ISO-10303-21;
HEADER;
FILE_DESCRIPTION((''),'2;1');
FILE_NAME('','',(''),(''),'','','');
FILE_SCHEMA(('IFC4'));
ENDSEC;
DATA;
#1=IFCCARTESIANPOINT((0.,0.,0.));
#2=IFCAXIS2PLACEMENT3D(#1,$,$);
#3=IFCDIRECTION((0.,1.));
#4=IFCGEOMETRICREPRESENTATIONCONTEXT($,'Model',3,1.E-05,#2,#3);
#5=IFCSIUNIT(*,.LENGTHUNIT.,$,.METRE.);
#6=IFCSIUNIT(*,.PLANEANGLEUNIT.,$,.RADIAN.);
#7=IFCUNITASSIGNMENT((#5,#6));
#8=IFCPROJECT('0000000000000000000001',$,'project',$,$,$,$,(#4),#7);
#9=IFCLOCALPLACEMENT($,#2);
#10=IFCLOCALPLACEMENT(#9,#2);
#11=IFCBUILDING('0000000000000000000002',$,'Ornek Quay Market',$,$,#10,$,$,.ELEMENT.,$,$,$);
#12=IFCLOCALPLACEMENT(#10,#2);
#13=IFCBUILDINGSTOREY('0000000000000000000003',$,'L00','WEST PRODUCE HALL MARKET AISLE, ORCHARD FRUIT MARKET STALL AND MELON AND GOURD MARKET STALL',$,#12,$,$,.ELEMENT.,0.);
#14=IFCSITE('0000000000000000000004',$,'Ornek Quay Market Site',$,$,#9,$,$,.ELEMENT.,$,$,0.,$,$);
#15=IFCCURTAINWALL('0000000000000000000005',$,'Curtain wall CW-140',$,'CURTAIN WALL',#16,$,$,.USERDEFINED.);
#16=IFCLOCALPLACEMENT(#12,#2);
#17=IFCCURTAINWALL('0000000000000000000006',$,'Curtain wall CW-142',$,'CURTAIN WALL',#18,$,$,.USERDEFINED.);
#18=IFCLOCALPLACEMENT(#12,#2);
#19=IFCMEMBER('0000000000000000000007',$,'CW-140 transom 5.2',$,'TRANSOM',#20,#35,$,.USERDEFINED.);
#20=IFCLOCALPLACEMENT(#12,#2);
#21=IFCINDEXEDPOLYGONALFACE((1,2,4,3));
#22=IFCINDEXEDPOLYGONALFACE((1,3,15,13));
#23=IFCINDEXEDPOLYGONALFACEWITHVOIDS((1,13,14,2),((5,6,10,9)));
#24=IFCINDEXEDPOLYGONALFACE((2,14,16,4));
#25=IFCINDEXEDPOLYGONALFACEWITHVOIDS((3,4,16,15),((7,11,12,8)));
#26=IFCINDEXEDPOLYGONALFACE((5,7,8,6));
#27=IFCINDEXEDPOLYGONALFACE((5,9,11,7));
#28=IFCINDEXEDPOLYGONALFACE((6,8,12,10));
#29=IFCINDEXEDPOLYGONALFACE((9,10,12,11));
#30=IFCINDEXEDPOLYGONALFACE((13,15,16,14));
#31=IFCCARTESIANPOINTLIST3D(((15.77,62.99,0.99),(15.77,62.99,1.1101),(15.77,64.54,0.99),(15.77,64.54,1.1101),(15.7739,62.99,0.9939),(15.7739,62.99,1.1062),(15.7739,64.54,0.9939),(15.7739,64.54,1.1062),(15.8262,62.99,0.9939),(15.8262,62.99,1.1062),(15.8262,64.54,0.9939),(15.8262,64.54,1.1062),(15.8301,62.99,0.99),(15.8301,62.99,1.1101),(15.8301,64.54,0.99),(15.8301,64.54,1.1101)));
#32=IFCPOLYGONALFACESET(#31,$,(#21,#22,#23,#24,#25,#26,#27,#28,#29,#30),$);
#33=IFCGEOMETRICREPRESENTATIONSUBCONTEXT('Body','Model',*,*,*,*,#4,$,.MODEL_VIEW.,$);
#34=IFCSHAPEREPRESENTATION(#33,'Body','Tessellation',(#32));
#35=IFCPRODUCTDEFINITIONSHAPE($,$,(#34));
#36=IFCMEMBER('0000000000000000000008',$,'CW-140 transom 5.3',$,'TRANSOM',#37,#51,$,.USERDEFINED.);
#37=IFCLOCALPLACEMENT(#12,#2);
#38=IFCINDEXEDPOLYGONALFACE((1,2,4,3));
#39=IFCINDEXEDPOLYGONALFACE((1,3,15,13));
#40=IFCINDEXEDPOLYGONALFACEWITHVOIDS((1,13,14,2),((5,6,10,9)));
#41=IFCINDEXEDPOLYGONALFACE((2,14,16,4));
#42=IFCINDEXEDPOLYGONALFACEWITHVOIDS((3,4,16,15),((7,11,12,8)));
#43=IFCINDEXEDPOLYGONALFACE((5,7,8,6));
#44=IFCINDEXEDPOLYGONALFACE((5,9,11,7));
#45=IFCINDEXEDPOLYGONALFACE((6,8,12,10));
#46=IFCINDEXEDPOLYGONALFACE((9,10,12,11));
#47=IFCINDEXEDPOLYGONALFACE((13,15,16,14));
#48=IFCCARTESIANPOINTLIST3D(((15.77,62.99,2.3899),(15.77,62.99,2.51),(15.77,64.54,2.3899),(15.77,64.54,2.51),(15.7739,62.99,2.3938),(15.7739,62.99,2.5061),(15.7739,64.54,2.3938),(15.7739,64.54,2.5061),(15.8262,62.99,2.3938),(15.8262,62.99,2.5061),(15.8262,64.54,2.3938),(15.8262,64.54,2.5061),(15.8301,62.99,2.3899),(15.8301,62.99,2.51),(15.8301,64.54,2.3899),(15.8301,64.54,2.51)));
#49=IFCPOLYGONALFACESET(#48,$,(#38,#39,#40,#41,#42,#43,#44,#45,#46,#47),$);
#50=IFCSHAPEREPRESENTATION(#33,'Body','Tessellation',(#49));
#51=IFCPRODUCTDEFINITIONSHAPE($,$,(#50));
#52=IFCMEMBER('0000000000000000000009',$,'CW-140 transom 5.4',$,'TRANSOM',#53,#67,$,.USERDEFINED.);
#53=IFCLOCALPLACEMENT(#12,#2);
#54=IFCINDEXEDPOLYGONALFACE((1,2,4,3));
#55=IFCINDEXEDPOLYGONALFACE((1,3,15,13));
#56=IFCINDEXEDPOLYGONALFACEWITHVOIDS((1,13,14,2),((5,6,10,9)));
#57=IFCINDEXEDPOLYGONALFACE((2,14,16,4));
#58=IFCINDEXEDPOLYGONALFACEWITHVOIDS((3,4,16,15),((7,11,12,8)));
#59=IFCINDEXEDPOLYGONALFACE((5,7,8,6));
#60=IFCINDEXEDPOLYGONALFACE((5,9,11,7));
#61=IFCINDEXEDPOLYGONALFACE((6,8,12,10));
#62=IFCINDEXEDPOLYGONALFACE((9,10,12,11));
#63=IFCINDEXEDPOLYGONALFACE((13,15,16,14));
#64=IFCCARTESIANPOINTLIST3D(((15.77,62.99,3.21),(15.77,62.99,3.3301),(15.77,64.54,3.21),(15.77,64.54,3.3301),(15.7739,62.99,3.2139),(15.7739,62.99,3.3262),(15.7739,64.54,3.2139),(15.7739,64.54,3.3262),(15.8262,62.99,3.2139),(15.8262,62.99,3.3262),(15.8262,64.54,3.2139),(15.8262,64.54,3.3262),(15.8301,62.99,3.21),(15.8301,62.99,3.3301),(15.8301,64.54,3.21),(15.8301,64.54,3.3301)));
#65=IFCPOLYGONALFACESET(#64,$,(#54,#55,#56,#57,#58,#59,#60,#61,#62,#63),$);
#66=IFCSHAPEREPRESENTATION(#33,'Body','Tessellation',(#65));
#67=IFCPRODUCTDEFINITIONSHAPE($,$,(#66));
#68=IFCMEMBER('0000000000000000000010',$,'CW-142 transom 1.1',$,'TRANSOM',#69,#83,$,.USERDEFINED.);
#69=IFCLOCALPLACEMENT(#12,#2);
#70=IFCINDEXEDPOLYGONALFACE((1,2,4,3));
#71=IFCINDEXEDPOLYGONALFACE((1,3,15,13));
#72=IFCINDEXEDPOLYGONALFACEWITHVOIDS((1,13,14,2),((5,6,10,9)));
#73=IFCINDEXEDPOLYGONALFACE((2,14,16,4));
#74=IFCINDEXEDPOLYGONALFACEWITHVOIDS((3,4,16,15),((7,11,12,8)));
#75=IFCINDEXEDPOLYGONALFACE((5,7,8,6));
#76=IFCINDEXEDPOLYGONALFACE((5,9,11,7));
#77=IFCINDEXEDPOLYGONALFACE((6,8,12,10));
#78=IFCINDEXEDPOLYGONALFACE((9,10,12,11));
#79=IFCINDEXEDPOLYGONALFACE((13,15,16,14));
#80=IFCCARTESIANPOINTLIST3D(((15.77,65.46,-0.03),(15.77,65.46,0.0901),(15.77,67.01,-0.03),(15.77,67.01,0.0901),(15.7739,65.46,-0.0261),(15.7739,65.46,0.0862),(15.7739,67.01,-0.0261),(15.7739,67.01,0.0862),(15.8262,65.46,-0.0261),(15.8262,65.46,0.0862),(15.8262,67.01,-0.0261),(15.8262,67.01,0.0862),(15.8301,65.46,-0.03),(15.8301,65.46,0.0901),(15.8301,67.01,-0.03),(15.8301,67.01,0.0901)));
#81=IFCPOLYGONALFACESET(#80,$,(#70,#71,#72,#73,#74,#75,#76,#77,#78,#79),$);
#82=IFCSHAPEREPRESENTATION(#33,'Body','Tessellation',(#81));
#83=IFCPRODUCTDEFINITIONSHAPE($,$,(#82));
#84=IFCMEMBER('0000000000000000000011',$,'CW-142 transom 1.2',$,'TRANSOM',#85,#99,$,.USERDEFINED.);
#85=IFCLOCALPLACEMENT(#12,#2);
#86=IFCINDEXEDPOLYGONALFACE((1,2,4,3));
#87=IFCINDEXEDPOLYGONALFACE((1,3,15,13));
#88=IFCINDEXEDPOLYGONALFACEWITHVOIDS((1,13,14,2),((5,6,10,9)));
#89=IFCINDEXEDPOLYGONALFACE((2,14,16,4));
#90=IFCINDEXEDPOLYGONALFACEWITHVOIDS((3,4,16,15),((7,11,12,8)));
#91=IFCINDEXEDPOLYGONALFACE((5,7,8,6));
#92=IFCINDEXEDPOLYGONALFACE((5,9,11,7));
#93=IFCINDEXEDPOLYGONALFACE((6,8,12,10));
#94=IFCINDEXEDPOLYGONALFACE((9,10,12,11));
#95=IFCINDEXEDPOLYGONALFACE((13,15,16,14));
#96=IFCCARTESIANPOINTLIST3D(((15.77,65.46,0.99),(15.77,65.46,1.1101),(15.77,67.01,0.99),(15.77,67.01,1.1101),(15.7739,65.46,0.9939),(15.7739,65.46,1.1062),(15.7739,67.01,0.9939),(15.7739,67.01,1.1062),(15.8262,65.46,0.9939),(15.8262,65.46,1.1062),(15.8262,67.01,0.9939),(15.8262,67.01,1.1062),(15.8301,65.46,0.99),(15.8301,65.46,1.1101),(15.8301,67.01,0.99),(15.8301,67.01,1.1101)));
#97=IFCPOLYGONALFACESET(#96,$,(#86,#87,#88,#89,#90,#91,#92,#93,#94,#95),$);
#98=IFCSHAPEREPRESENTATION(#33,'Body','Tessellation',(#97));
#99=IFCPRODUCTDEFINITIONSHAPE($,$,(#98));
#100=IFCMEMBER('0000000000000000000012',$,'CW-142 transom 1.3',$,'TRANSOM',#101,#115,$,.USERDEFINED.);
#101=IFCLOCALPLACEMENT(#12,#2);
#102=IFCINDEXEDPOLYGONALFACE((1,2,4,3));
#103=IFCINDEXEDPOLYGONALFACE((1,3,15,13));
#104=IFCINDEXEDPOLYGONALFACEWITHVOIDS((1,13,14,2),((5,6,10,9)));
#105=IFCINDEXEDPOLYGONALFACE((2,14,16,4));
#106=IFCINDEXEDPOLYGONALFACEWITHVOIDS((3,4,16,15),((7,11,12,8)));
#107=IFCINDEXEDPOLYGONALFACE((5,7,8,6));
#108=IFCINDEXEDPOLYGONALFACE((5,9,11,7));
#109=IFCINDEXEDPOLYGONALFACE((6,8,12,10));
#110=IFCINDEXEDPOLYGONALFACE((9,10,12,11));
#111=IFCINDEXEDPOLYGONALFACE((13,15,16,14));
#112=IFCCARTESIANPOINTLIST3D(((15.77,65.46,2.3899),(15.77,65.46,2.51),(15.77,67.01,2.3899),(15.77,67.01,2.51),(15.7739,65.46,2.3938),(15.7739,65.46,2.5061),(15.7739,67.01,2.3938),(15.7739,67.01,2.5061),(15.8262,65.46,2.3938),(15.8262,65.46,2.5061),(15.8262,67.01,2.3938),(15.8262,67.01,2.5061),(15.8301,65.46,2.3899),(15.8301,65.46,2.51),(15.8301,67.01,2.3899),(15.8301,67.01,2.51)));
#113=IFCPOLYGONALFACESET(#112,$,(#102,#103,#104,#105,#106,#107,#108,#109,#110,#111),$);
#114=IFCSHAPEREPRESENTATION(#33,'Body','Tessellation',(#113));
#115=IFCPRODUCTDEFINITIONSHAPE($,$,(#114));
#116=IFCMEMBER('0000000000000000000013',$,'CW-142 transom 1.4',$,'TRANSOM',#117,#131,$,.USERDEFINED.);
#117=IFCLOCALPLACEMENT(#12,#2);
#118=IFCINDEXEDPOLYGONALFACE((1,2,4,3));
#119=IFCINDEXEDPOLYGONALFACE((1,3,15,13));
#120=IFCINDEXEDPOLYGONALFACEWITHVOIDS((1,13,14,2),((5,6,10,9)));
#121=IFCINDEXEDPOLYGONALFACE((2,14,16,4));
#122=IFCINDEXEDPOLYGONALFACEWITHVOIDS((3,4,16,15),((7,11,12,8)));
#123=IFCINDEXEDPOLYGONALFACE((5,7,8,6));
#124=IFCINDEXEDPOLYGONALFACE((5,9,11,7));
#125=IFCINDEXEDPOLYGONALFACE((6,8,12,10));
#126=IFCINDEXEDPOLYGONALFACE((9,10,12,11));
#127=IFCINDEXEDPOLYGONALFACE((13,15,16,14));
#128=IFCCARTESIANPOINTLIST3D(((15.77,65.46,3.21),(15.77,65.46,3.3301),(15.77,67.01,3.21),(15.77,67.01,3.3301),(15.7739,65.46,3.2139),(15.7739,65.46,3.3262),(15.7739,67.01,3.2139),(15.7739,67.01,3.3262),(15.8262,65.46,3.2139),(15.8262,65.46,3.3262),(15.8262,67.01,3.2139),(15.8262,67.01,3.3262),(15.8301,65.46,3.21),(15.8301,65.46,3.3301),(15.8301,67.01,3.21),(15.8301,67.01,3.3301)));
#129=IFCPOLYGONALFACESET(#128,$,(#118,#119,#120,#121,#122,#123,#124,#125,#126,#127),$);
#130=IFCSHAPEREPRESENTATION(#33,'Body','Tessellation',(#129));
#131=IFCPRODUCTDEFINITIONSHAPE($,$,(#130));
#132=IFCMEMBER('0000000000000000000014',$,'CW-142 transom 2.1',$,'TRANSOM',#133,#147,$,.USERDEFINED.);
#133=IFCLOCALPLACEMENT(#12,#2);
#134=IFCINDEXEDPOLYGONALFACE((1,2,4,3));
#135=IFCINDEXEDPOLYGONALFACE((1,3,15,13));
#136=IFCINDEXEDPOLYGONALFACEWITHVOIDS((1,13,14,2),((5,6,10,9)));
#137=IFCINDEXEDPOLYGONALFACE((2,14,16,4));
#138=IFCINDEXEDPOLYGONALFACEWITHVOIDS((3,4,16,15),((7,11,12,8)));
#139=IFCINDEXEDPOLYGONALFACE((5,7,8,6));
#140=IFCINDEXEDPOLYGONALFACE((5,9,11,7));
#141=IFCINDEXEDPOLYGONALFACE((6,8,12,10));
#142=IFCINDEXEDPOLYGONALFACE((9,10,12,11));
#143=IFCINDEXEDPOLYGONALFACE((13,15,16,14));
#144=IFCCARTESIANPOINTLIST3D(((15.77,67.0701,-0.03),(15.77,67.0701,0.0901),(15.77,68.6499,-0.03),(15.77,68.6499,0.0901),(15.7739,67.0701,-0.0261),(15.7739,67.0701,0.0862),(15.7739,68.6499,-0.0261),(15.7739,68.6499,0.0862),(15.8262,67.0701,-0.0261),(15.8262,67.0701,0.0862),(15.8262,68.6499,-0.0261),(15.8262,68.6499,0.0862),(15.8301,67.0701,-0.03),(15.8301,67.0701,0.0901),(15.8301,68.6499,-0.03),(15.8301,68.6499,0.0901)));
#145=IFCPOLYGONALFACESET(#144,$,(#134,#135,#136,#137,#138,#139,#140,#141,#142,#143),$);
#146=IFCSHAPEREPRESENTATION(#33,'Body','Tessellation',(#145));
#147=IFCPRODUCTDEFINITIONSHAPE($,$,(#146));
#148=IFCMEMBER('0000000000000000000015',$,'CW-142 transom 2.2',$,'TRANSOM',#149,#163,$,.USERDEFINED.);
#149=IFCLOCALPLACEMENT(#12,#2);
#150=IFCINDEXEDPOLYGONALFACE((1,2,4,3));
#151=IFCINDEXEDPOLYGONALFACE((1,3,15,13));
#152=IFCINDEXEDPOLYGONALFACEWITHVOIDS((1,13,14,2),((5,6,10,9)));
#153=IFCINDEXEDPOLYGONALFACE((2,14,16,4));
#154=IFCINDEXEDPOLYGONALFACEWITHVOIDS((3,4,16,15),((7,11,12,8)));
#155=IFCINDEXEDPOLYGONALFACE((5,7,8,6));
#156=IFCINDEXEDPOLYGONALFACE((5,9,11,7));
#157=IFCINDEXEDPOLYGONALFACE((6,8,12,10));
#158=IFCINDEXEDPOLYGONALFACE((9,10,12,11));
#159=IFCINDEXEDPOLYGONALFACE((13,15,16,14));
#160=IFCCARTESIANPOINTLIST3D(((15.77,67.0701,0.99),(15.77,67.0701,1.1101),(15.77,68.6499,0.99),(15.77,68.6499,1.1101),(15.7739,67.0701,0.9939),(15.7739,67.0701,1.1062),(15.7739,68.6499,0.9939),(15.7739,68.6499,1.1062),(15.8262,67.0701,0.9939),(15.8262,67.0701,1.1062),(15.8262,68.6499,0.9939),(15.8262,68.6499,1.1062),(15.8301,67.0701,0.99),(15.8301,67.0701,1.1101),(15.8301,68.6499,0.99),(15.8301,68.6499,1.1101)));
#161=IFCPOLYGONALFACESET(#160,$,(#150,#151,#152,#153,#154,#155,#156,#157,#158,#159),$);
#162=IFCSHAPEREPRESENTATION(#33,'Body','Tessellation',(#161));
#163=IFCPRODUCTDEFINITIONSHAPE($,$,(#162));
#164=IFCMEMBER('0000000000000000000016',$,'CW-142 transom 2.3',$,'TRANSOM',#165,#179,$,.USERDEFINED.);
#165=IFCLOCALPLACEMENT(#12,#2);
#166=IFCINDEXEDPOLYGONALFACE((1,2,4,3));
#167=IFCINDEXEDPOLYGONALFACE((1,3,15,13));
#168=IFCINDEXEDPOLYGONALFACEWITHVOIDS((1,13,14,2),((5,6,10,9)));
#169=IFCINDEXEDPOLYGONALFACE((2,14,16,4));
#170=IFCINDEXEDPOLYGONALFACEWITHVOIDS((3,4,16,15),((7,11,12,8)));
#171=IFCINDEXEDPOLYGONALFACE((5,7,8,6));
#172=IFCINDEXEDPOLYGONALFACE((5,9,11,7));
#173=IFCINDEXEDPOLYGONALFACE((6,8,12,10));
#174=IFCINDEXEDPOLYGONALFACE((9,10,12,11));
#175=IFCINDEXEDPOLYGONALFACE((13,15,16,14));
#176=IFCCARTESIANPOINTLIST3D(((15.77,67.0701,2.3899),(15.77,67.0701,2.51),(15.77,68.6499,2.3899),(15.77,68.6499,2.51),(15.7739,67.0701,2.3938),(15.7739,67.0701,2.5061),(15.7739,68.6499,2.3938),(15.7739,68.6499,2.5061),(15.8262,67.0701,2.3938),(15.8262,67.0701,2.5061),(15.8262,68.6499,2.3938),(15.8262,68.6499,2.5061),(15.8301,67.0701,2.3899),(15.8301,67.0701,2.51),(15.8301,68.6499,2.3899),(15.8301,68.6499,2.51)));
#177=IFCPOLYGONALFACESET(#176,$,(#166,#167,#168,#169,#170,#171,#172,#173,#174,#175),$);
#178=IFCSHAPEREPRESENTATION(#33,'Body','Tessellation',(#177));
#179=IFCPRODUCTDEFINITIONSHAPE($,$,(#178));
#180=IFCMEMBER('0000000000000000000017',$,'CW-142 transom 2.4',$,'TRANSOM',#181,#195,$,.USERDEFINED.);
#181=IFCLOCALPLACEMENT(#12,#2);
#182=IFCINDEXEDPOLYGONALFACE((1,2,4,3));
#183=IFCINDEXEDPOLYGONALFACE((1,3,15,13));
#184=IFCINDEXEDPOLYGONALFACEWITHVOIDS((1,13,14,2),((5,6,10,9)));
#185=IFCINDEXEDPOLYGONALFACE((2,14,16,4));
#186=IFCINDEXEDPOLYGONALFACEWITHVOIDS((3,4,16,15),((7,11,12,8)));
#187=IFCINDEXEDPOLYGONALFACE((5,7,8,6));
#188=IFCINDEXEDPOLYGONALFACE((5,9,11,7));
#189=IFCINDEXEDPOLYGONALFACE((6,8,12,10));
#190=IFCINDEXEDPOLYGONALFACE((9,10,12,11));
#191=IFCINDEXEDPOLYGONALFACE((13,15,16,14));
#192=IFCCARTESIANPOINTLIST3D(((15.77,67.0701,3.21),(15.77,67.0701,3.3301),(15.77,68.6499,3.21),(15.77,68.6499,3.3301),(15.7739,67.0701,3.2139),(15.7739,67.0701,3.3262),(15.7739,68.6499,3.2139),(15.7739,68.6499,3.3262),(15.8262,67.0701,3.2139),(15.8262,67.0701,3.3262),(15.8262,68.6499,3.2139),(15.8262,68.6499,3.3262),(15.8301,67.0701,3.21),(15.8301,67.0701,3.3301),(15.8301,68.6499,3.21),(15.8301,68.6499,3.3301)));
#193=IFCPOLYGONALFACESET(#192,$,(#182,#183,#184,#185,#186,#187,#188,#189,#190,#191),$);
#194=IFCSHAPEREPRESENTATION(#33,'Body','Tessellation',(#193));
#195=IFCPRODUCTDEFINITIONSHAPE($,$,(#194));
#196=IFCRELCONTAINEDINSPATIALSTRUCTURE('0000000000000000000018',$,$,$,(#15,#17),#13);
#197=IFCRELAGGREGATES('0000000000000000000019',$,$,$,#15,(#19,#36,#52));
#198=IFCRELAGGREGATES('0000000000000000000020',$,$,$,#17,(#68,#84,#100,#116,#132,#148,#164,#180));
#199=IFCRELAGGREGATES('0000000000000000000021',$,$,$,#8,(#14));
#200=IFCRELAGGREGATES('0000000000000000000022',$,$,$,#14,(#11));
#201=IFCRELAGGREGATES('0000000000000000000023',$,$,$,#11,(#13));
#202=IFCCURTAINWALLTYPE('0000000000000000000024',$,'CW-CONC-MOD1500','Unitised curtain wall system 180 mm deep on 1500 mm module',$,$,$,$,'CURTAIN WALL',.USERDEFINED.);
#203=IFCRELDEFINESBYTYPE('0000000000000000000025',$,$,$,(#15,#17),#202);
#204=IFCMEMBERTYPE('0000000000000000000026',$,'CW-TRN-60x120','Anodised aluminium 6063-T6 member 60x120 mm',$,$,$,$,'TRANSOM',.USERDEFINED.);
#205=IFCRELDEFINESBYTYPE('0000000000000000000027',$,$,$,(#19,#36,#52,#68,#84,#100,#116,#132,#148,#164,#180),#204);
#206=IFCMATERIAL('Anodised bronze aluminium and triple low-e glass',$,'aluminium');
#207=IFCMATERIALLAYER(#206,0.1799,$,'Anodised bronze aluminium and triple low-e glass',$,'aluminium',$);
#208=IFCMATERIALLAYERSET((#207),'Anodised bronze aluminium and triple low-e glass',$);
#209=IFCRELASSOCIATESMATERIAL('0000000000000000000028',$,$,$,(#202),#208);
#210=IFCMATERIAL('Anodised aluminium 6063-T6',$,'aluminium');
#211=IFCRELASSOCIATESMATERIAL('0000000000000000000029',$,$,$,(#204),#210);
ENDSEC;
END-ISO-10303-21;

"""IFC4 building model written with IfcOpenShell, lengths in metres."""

from ifc_helpers import new_model, si_unit, direction, frame, origin, origin_2d, place, context, subcontext, project, spatial, hollow_rectangle, extrude, material, layer, layer_set, material_profile, profile_set, type_object, element, aggregate, save


model = new_model("IFC4")

# Units and contexts
model_context = context("Model", 3, precision=1e-05, world=origin(), true_north=direction((0.0, 1.0)))
body_context = subcontext(model_context, "Body", "Model", "MODEL_VIEW")
ifc_project = project(units=[si_unit("LENGTHUNIT", "METRE"), si_unit("PLANEANGLEUNIT", "RADIAN")], contexts=[model_context])

# Site, building, storey
site_placement = place(None, origin())
site = spatial("IfcSite", under=ifc_project, at=site_placement, Name="Ornek Quay Market Site", CompositionType="ELEMENT", RefElevation=0.0)
building_placement = place(site_placement, origin())
building = spatial("IfcBuilding", under=site, at=building_placement, Name="Ornek Quay Market", CompositionType="ELEMENT")
storey_placement = place(building_placement, origin())
storey = spatial("IfcBuildingStorey", under=building, at=storey_placement, Name="L00", Description="WEST PRODUCE HALL MARKET AISLE, ORCHARD FRUIT MARKET STALL AND MELON AND GOURD MARKET STALL", CompositionType="ELEMENT", Elevation=0.0)

# Curtain walls
ifc_material_1 = material(Name="Anodised bronze aluminium and triple low-e glass", Category="aluminium")
ifc_layer_1 = layer(ifc_material_1, 0.1799, Name="Anodised bronze aluminium and triple low-e glass", Category="aluminium")
ifc_layer_set_1 = layer_set([ifc_layer_1], Name="Anodised bronze aluminium and triple low-e glass")
curtain_wall_type = type_object("IfcCurtainWallType", Name="CW-CONC-MOD1500", Description="Unitised curtain wall system 180 mm deep on 1500 mm module", ElementType="CURTAIN WALL", PredefinedType="USERDEFINED", material=ifc_layer_set_1)
curtain_wall_1_placement = place(storey_placement, origin())
curtain_wall_1 = element("IfcCurtainWall", 1, at=curtain_wall_1_placement, inside=storey, type_object=curtain_wall_type, Name="Curtain wall CW-140", ObjectType="CURTAIN WALL", PredefinedType="USERDEFINED")
ifc_material_2 = material(Name="Anodised aluminium 6063-T6", Category="aluminium")
curtain_wall_2_placement = place(storey_placement, origin())
curtain_wall_2 = element("IfcCurtainWall", 2, at=curtain_wall_2_placement, inside=storey, type_object=curtain_wall_type, Name="Curtain wall CW-142", ObjectType="CURTAIN WALL", PredefinedType="USERDEFINED")

# Members
ifc_material_profile_1 = material_profile(ifc_material_2, hollow_rectangle(XDim=0.0601, YDim=0.1201, WallThickness=0.0039, at=origin_2d()), Name="CW-TRN-60x120", Category="aluminium")
ifc_profile_set_1 = profile_set([ifc_material_profile_1], Name="Anodised aluminium 6063-T6")
member_type_1 = type_object("IfcMemberType", Name="CW-TRN-60x120", Description="Anodised aluminium 6063-T6 member 60x120 mm", ElementType="TRANSOM", PredefinedType="USERDEFINED", material=ifc_profile_set_1)
member_1_placement = place(storey_placement, frame((15.8, 62.99, 1.05), z_axis=(0.0, 1.0, 0.0), x_axis=(-1.0, 0.0, 0.0)))
member_1 = element("IfcMember", 3, at=member_1_placement, type_object=member_type_1, Name="CW-140 transom 5.2", ObjectType="TRANSOM", PredefinedType="USERDEFINED", context=body_context, shape_type="SweptSolid", body=[
    extrude(hollow_rectangle(XDim=0.0601, YDim=0.1201, WallThickness=0.0039, at=origin_2d()), origin(), (0.0, 0.0, 1.0), 1.55),
])
member_2_placement = place(storey_placement, frame((15.8, 62.99, 2.45), z_axis=(0.0, 1.0, 0.0), x_axis=(-1.0, 0.0, 0.0)))
member_2 = element("IfcMember", 4, at=member_2_placement, type_object=member_type_1, Name="CW-140 transom 5.3", ObjectType="TRANSOM", PredefinedType="USERDEFINED", context=body_context, shape_type="SweptSolid", body=[
    extrude(hollow_rectangle(XDim=0.0601, YDim=0.1201, WallThickness=0.0039, at=origin_2d()), origin(), (0.0, 0.0, 1.0), 1.55),
])
member_3_placement = place(storey_placement, frame((15.8, 62.99, 3.27), z_axis=(0.0, 1.0, 0.0), x_axis=(-1.0, 0.0, 0.0)))
member_3 = element("IfcMember", 5, at=member_3_placement, type_object=member_type_1, Name="CW-140 transom 5.4", ObjectType="TRANSOM", PredefinedType="USERDEFINED", context=body_context, shape_type="SweptSolid", body=[
    extrude(hollow_rectangle(XDim=0.0601, YDim=0.1201, WallThickness=0.0039, at=origin_2d()), origin(), (0.0, 0.0, 1.0), 1.55),
])
member_4_placement = place(storey_placement, frame((15.8, 65.46, 0.03), z_axis=(0.0, 1.0, 0.0), x_axis=(-1.0, 0.0, 0.0)))
member_4 = element("IfcMember", 6, at=member_4_placement, type_object=member_type_1, Name="CW-142 transom 1.1", ObjectType="TRANSOM", PredefinedType="USERDEFINED", context=body_context, shape_type="SweptSolid", body=[
    extrude(hollow_rectangle(XDim=0.0601, YDim=0.1201, WallThickness=0.0039, at=origin_2d()), origin(), (0.0, 0.0, 1.0), 1.55),
])
member_5_placement = place(storey_placement, frame((15.8, 65.46, 1.05), z_axis=(0.0, 1.0, 0.0), x_axis=(-1.0, 0.0, 0.0)))
member_5 = element("IfcMember", 7, at=member_5_placement, type_object=member_type_1, Name="CW-142 transom 1.2", ObjectType="TRANSOM", PredefinedType="USERDEFINED", context=body_context, shape_type="SweptSolid", body=[
    extrude(hollow_rectangle(XDim=0.0601, YDim=0.1201, WallThickness=0.0039, at=origin_2d()), origin(), (0.0, 0.0, 1.0), 1.55),
])
member_6_placement = place(storey_placement, frame((15.8, 65.46, 2.45), z_axis=(0.0, 1.0, 0.0), x_axis=(-1.0, 0.0, 0.0)))
member_6 = element("IfcMember", 8, at=member_6_placement, type_object=member_type_1, Name="CW-142 transom 1.3", ObjectType="TRANSOM", PredefinedType="USERDEFINED", context=body_context, shape_type="SweptSolid", body=[
    extrude(hollow_rectangle(XDim=0.0601, YDim=0.1201, WallThickness=0.0039, at=origin_2d()), origin(), (0.0, 0.0, 1.0), 1.55),
])
member_7_placement = place(storey_placement, frame((15.8, 65.46, 3.27), z_axis=(0.0, 1.0, 0.0), x_axis=(-1.0, 0.0, 0.0)))
member_7 = element("IfcMember", 9, at=member_7_placement, type_object=member_type_1, Name="CW-142 transom 1.4", ObjectType="TRANSOM", PredefinedType="USERDEFINED", context=body_context, shape_type="SweptSolid", body=[
    extrude(hollow_rectangle(XDim=0.0601, YDim=0.1201, WallThickness=0.0039, at=origin_2d()), origin(), (0.0, 0.0, 1.0), 1.55),
])
member_8_placement = place(storey_placement, frame((15.8, 67.0701, 0.03), z_axis=(0.0, 1.0, 0.0), x_axis=(-1.0, 0.0, 0.0)))
member_8 = element("IfcMember", 10, at=member_8_placement, type_object=member_type_1, Name="CW-142 transom 2.1", ObjectType="TRANSOM", PredefinedType="USERDEFINED", context=body_context, shape_type="SweptSolid", body=[
    extrude(hollow_rectangle(XDim=0.0601, YDim=0.1201, WallThickness=0.0039, at=origin_2d()), origin(), (0.0, 0.0, 1.0), 1.5798),
])
member_9_placement = place(storey_placement, frame((15.8, 67.0701, 1.05), z_axis=(0.0, 1.0, 0.0), x_axis=(-1.0, 0.0, 0.0)))
member_9 = element("IfcMember", 11, at=member_9_placement, type_object=member_type_1, Name="CW-142 transom 2.2", ObjectType="TRANSOM", PredefinedType="USERDEFINED", context=body_context, shape_type="SweptSolid", body=[
    extrude(hollow_rectangle(XDim=0.0601, YDim=0.1201, WallThickness=0.0039, at=origin_2d()), origin(), (0.0, 0.0, 1.0), 1.5798),
])
member_10_placement = place(storey_placement, frame((15.8, 67.0701, 2.45), z_axis=(0.0, 1.0, 0.0), x_axis=(-1.0, 0.0, 0.0)))
member_10 = element("IfcMember", 12, at=member_10_placement, type_object=member_type_1, Name="CW-142 transom 2.3", ObjectType="TRANSOM", PredefinedType="USERDEFINED", context=body_context, shape_type="SweptSolid", body=[
    extrude(hollow_rectangle(XDim=0.0601, YDim=0.1201, WallThickness=0.0039, at=origin_2d()), origin(), (0.0, 0.0, 1.0), 1.5798),
])
member_11_placement = place(storey_placement, frame((15.8, 67.0701, 3.27), z_axis=(0.0, 1.0, 0.0), x_axis=(-1.0, 0.0, 0.0)))
member_11 = element("IfcMember", 13, at=member_11_placement, type_object=member_type_1, Name="CW-142 transom 2.4", ObjectType="TRANSOM", PredefinedType="USERDEFINED", context=body_context, shape_type="SweptSolid", body=[
    extrude(hollow_rectangle(XDim=0.0601, YDim=0.1201, WallThickness=0.0039, at=origin_2d()), origin(), (0.0, 0.0, 1.0), 1.5798),
])

aggregate(curtain_wall_1, [member_1, member_2, member_3])
aggregate(curtain_wall_2, [member_4, member_5, member_6, member_7, member_8, member_9, member_10, member_11])

save(model, "model.ifc")
